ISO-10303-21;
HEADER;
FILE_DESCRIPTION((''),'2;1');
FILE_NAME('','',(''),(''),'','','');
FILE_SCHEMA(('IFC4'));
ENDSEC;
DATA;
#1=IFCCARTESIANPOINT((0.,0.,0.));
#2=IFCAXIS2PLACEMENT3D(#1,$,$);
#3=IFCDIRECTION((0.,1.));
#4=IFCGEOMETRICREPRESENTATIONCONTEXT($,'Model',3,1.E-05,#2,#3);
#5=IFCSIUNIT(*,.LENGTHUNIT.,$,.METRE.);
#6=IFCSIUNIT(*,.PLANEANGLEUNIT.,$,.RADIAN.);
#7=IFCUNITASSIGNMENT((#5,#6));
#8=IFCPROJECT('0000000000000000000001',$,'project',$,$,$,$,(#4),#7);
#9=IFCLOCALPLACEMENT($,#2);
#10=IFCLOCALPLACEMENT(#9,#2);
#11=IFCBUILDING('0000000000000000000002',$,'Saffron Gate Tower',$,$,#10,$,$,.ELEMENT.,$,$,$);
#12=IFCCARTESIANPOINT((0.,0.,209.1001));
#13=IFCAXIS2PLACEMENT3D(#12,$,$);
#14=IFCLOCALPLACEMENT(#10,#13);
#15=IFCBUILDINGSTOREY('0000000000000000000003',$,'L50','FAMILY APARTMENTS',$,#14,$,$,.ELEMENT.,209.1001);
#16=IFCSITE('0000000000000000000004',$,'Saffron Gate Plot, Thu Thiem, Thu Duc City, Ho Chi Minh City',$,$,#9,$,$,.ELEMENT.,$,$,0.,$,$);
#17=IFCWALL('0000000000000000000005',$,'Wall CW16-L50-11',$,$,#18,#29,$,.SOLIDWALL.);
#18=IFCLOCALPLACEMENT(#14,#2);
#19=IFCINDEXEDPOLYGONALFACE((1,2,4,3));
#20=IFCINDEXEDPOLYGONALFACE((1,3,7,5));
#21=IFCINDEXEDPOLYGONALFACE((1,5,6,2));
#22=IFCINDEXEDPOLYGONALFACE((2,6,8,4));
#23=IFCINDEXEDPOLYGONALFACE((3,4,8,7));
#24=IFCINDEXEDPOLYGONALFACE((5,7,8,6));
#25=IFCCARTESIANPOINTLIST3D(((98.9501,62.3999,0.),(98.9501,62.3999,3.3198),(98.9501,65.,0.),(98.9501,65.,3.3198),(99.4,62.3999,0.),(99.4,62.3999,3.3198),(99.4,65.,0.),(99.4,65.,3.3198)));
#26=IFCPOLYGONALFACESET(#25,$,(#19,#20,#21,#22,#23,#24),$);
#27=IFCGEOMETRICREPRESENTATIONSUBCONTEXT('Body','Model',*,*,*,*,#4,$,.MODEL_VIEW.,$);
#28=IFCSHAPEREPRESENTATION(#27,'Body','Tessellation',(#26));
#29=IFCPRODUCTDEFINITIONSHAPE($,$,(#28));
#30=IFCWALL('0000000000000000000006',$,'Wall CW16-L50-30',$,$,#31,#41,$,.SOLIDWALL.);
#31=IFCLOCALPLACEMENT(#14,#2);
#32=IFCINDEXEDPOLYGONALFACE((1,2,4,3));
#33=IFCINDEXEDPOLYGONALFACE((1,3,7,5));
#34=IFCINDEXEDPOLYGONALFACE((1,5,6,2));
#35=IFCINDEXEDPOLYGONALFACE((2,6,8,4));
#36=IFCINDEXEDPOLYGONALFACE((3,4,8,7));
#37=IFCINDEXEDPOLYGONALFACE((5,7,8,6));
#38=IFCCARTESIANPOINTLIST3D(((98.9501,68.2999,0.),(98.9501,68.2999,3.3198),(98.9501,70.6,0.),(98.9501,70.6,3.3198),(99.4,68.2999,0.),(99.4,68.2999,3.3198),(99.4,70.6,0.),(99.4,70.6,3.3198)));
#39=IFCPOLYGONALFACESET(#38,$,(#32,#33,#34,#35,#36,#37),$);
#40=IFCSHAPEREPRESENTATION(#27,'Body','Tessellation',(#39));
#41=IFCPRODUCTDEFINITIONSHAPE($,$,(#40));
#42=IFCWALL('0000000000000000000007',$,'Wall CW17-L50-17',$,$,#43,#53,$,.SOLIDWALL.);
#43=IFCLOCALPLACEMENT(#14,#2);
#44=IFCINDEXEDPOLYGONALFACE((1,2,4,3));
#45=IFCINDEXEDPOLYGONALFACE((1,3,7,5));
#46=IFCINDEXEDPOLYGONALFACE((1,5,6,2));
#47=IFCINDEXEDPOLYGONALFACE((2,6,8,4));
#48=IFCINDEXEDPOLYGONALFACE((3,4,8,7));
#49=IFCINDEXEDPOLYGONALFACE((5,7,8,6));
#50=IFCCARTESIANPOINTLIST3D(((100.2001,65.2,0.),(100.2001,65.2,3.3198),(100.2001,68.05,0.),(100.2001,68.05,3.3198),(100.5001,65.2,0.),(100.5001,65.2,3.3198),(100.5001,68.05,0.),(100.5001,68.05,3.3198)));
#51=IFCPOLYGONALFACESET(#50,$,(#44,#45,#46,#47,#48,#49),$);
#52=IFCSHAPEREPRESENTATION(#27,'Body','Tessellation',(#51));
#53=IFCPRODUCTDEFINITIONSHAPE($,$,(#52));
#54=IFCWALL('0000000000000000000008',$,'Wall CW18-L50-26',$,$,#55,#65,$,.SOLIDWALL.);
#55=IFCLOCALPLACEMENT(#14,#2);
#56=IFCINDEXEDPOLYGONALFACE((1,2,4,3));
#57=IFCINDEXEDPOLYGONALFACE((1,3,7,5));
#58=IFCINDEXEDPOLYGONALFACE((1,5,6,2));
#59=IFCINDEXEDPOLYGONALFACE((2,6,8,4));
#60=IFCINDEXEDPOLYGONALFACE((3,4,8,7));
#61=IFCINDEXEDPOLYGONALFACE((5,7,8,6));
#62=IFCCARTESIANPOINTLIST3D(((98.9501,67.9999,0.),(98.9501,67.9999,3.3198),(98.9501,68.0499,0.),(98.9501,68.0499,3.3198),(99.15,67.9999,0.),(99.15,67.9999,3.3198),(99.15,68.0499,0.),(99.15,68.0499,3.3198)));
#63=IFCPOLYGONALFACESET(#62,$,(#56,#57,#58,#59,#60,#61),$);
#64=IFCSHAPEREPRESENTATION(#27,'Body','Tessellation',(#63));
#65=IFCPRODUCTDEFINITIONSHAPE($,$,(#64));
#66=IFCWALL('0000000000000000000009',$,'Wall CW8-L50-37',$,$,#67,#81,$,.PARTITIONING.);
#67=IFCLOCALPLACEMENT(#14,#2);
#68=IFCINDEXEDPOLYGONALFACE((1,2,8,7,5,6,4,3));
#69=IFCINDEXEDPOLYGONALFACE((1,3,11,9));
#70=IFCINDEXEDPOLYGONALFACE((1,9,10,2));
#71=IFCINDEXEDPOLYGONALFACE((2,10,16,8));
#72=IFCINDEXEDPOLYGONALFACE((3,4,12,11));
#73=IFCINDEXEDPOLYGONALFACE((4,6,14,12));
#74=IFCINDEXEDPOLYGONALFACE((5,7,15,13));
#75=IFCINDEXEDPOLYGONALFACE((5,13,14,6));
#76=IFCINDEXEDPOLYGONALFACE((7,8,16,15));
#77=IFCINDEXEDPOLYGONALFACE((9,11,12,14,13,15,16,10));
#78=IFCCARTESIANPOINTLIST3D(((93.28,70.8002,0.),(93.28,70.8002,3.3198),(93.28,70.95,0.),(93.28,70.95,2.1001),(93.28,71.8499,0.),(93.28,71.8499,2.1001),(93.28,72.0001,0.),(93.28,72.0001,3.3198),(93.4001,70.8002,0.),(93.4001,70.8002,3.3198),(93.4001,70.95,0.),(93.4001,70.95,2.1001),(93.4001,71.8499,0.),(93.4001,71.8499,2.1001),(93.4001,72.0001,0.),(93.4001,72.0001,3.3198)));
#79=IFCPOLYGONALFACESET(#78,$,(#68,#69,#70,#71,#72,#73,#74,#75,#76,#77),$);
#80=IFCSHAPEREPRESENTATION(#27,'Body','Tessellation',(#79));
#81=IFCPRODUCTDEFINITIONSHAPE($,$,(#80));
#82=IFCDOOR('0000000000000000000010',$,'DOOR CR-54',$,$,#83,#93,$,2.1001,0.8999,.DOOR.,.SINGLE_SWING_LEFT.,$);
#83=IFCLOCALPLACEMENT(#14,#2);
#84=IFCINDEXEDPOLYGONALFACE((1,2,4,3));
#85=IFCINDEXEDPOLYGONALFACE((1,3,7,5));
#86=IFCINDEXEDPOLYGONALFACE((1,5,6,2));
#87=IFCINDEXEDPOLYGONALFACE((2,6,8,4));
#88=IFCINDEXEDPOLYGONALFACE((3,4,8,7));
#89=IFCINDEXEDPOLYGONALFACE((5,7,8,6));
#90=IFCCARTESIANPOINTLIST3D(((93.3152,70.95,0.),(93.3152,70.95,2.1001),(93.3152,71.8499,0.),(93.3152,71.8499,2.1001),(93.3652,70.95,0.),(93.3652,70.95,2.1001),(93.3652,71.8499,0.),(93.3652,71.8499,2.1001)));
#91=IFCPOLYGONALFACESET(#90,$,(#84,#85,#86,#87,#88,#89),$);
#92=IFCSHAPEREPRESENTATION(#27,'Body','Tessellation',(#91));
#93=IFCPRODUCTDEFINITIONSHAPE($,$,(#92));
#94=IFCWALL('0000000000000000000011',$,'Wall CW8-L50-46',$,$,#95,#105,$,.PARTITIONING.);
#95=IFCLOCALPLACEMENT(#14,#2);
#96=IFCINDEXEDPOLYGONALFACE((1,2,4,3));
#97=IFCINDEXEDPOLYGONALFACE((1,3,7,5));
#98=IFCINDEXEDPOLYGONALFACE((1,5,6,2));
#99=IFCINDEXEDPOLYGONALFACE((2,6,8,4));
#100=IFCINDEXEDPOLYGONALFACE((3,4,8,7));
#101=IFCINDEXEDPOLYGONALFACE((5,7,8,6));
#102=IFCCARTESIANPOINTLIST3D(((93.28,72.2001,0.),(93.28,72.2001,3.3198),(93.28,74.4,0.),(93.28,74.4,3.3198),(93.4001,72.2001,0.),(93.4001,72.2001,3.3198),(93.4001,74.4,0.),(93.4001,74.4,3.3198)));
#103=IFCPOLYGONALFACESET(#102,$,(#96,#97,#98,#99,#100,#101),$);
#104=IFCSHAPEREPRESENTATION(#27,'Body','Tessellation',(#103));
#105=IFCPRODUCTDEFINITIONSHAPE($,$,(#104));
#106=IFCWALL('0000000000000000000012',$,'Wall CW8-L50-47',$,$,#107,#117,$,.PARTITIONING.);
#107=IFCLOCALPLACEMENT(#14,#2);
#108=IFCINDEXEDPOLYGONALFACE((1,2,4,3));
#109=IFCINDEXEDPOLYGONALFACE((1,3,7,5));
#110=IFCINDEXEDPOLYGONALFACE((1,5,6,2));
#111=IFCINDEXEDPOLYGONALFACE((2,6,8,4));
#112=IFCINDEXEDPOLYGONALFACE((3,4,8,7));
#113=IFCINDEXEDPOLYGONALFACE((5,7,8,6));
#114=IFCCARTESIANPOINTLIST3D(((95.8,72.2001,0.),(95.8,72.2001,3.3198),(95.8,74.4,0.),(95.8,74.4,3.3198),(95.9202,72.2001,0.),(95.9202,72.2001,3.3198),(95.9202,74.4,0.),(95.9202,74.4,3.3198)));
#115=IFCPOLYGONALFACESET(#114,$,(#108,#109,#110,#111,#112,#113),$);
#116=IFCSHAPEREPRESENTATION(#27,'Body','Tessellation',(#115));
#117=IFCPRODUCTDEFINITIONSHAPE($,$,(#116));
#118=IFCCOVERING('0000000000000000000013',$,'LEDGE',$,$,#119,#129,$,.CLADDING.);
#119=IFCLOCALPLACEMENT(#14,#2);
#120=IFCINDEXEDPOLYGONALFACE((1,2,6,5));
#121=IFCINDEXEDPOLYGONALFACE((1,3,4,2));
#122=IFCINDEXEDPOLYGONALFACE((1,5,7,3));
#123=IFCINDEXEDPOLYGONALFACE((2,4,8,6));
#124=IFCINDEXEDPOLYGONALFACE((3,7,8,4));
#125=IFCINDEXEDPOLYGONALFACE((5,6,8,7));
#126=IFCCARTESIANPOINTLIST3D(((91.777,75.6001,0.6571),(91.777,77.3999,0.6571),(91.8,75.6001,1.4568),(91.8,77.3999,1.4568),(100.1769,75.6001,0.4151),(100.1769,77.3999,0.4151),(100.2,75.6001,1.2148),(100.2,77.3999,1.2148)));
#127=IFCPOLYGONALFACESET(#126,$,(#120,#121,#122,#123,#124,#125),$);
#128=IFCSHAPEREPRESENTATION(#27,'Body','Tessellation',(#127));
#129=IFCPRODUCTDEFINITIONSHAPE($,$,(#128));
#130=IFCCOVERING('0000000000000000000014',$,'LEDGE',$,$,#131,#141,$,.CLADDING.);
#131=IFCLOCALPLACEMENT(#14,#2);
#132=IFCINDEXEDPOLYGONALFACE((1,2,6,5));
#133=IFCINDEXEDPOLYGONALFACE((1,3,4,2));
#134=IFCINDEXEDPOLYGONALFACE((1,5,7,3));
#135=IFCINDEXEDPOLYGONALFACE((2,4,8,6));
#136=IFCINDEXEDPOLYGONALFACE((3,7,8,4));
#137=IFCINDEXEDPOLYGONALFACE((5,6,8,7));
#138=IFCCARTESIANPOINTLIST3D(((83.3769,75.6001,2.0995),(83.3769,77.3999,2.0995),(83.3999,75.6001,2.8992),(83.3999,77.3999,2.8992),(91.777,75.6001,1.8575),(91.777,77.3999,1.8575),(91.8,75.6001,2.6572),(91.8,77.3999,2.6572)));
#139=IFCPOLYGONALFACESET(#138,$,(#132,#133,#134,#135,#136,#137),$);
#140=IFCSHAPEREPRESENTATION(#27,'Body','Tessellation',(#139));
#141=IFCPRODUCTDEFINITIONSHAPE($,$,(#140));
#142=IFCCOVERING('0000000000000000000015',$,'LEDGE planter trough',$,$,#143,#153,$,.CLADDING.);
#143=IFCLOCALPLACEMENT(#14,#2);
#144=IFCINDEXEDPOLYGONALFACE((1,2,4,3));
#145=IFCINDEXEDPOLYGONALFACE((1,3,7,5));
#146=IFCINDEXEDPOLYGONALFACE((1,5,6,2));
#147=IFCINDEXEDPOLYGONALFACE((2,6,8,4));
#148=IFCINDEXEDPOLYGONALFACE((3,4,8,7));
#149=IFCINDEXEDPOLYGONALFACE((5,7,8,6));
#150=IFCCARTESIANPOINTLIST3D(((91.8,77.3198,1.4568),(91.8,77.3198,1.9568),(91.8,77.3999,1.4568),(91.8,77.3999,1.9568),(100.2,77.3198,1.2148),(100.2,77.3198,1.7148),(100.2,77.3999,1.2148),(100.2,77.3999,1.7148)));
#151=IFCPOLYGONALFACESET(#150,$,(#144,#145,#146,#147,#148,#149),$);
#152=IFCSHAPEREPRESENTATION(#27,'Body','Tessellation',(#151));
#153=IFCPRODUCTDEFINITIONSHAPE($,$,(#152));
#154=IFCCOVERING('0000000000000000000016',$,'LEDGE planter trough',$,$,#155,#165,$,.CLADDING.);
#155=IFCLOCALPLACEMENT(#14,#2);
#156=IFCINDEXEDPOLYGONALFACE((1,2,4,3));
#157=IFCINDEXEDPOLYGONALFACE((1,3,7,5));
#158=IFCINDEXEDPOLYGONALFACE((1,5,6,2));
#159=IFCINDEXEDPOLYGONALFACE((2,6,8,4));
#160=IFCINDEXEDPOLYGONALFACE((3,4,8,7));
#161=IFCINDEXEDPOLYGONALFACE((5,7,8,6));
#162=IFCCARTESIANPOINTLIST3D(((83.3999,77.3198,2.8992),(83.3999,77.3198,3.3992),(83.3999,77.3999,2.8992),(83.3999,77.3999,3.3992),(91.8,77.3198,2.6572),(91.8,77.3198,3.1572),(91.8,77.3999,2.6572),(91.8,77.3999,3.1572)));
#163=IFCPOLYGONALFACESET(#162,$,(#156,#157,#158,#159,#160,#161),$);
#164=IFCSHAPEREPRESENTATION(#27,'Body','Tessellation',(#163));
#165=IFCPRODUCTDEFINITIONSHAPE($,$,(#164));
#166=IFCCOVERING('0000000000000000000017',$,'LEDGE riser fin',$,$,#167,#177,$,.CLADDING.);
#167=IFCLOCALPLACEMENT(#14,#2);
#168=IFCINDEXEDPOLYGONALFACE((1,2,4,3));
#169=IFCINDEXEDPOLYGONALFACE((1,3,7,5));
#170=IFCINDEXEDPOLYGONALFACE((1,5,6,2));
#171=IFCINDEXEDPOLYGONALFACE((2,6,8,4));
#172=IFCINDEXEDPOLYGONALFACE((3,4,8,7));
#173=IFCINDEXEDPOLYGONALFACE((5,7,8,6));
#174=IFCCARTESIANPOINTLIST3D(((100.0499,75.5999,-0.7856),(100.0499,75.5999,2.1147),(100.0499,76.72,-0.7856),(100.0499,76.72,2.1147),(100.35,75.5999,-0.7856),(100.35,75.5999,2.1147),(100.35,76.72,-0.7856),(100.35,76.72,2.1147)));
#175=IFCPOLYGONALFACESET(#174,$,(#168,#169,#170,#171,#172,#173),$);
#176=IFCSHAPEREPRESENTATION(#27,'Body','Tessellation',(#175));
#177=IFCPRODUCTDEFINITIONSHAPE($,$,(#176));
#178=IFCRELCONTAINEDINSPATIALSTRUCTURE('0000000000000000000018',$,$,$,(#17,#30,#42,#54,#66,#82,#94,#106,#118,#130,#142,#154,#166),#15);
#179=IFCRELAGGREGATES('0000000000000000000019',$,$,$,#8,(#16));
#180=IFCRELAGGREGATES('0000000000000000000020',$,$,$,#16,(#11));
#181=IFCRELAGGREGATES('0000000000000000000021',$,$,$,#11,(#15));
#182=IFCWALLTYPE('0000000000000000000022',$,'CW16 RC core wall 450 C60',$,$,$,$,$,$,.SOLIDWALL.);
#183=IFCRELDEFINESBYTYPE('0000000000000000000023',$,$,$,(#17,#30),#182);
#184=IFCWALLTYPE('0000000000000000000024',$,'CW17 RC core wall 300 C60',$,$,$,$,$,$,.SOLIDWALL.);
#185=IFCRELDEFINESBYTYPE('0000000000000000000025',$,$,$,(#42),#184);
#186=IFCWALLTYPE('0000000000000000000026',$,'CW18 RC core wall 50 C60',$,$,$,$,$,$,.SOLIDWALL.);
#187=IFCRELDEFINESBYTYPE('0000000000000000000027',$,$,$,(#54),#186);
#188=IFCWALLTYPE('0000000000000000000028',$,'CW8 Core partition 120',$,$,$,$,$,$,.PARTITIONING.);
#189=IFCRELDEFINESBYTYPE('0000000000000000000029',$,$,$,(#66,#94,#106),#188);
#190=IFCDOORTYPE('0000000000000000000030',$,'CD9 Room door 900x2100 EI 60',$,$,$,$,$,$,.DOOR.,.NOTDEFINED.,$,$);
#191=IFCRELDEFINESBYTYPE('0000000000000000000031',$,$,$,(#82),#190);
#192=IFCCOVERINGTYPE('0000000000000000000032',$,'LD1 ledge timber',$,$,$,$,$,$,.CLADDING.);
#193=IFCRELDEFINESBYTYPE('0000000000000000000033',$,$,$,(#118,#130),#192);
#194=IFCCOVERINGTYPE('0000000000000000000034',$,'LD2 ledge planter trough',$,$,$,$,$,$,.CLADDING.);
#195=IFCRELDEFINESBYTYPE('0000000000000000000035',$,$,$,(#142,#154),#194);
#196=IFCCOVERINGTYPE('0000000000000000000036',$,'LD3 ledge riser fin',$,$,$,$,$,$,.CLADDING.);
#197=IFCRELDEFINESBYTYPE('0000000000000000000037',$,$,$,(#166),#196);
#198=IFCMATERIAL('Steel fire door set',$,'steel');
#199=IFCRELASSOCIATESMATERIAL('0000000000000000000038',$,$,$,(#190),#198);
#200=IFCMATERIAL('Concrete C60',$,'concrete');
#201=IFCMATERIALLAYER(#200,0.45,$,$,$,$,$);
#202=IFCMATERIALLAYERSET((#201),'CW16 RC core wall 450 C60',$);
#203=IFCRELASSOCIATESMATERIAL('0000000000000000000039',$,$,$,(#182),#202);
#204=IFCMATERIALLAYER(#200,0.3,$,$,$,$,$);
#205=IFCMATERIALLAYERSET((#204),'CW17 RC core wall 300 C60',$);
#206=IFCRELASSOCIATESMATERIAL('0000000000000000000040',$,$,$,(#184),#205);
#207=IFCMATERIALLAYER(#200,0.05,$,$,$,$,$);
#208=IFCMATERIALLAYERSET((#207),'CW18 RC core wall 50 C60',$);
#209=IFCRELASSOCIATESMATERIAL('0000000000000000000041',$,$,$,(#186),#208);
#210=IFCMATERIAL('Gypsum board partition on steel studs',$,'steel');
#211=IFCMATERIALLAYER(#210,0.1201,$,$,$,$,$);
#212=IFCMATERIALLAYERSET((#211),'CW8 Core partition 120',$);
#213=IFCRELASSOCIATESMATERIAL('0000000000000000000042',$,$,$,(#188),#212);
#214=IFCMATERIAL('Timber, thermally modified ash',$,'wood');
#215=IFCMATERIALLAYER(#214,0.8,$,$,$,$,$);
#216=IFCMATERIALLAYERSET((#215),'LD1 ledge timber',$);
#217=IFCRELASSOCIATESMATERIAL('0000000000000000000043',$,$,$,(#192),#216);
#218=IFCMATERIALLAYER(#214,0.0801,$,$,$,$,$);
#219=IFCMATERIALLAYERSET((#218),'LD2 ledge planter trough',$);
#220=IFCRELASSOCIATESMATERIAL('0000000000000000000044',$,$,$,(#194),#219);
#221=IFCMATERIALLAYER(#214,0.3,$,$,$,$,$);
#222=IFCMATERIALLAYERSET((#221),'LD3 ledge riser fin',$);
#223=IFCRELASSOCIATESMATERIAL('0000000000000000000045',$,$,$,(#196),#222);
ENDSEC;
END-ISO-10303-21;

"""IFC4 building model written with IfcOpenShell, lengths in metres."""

from ifc_helpers import new_model, si_unit, direction, frame, frame_2d, origin, origin_2d, place, context, subcontext, project, spatial, polyline, rectangle, outline, extrude, material, layer, layer_set, type_object, element, fill, save


model = new_model("IFC4")

# Units and contexts
model_context = context("Model", 3, precision=1e-05, world=origin(), true_north=direction((0.0, 1.0)))
body_context = subcontext(model_context, "Body", "Model", "MODEL_VIEW")
ifc_project = project(units=[si_unit("LENGTHUNIT", "METRE"), si_unit("PLANEANGLEUNIT", "RADIAN")], contexts=[model_context])

# Site, building, storey
site_placement = place(None, origin())
site = spatial("IfcSite", under=ifc_project, at=site_placement, Name="Saffron Gate Plot, Thu Thiem, Thu Duc City, Ho Chi Minh City", CompositionType="ELEMENT", RefElevation=0.0)
building_placement = place(site_placement, origin())
building = spatial("IfcBuilding", under=site, at=building_placement, Name="Saffron Gate Tower", CompositionType="ELEMENT")
storey_placement = place(building_placement, frame((0.0, 0.0, 209.1001)))
storey = spatial("IfcBuildingStorey", under=building, at=storey_placement, Name="L50", Description="FAMILY APARTMENTS", CompositionType="ELEMENT", Elevation=209.1001)

# Shared definitions
ifc_material_1 = material(Name="Concrete C60", Category="concrete")
ifc_material_2 = material(Name="Steel fire door set", Category="steel")

# Shared definitions
door_type_1 = type_object("IfcDoorType", Name="CD9 Room door 900x2100 EI 60", OperationType="NOTDEFINED", PredefinedType="DOOR", material=ifc_material_2)

# Walls
ifc_layer_1 = layer(ifc_material_1, 0.45)
ifc_layer_set_1 = layer_set([ifc_layer_1], Name="CW16 RC core wall 450 C60")
wall_type_1 = type_object("IfcWallType", Name="CW16 RC core wall 450 C60", PredefinedType="SOLIDWALL", material=ifc_layer_set_1)
wall_1_placement = place(storey_placement, frame((99.175, 62.3999, 0.0), z_axis=(0.0, 0.0, 1.0), x_axis=(0.0, 1.0, 0.0)))
element("IfcWall", 1, at=wall_1_placement, inside=storey, type_object=wall_type_1, Name="Wall CW16-L50-11", PredefinedType="SOLIDWALL", context=body_context, shape_type="SweptSolid", body=[
    extrude(rectangle(XDim=2.6001, YDim=0.45, at=frame_2d((1.3, 0.0))), origin(), (0.0, 0.0, 1.0), 3.3198),
])
wall_2_placement = place(storey_placement, frame((99.175, 68.3, 0.0), z_axis=(0.0, 0.0, 1.0), x_axis=(0.0, 1.0, 0.0)))
element("IfcWall", 2, at=wall_2_placement, inside=storey, type_object=wall_type_1, Name="Wall CW16-L50-30", PredefinedType="SOLIDWALL", context=body_context, shape_type="SweptSolid", body=[
    extrude(rectangle(XDim=2.3, YDim=0.45, at=frame_2d((1.1499, 0.0))), origin(), (0.0, 0.0, 1.0), 3.3198),
])
ifc_layer_2 = layer(ifc_material_1, 0.3)
ifc_layer_set_2 = layer_set([ifc_layer_2], Name="CW17 RC core wall 300 C60")
wall_type_2 = type_object("IfcWallType", Name="CW17 RC core wall 300 C60", PredefinedType="SOLIDWALL", material=ifc_layer_set_2)
wall_3_placement = place(storey_placement, frame((100.3501, 65.2, 0.0), z_axis=(0.0, 0.0, 1.0), x_axis=(0.0, 1.0, 0.0)))
element("IfcWall", 3, at=wall_3_placement, inside=storey, type_object=wall_type_2, Name="Wall CW17-L50-17", PredefinedType="SOLIDWALL", context=body_context, shape_type="SweptSolid", body=[
    extrude(rectangle(XDim=2.8501, YDim=0.3, at=frame_2d((1.425, 0.0))), origin(), (0.0, 0.0, 1.0), 3.3198),
])
ifc_layer_3 = layer(ifc_material_1, 0.05)
ifc_layer_set_3 = layer_set([ifc_layer_3], Name="CW18 RC core wall 50 C60")
wall_type_3 = type_object("IfcWallType", Name="CW18 RC core wall 50 C60", PredefinedType="SOLIDWALL", material=ifc_layer_set_3)
wall_4_placement = place(storey_placement, frame((98.95, 68.0249, 0.0), z_axis=(0.0, 0.0, 1.0), x_axis=(1.0, 0.0, 0.0)))
element("IfcWall", 4, at=wall_4_placement, inside=storey, type_object=wall_type_3, Name="Wall CW18-L50-26", PredefinedType="SOLIDWALL", context=body_context, shape_type="SweptSolid", body=[
    extrude(rectangle(XDim=0.2, YDim=0.05, at=frame_2d((0.1001, 0.0))), origin(), (0.0, 0.0, 1.0), 3.3198),
])

# Wall, opening, door
ifc_material_3 = material(Name="Gypsum board partition on steel studs", Category="steel")
ifc_layer_4 = layer(ifc_material_3, 0.1201)
ifc_layer_set_4 = layer_set([ifc_layer_4], Name="CW8 Core partition 120")
wall_type_4 = type_object("IfcWallType", Name="CW8 Core partition 120", PredefinedType="PARTITIONING", material=ifc_layer_set_4)
wall_5_placement = place(storey_placement, frame((93.3401, 70.8, 0.0), z_axis=(0.0, 0.0, 1.0), x_axis=(0.0, 1.0, 0.0)))
wall_5 = element("IfcWall", 5, at=wall_5_placement, inside=storey, type_object=wall_type_4, Name="Wall CW8-L50-37", PredefinedType="PARTITIONING", context=body_context, shape_type="SweptSolid", body=[
    extrude(rectangle(XDim=1.2, YDim=0.1201, at=frame_2d((0.6001, 0.0))), origin(), (0.0, 0.0, 1.0), 3.3198),
])
opening_1_placement = place(wall_5_placement, frame((0.1499, 0.0, 0.0)))
opening_1 = element("IfcOpeningElement", 6, at=opening_1_placement, cuts=wall_5, PredefinedType="OPENING", context=body_context, shape_type="SweptSolid", body=[
    extrude(rectangle(XDim=0.8999, YDim=2.1001, at=frame_2d((0.45, 1.05))), frame((0.0, 0.0701, 0.0), z_axis=(0.0, -1.0, 0.0), x_axis=(1.0, 0.0, 0.0)), (0.0, 0.0, 1.0), 0.1401),
])
door_1_placement = place(opening_1_placement, origin())
door_1 = element("IfcDoor", 7, at=door_1_placement, inside=storey, type_object=door_type_1, Name="DOOR CR-54", OperationType="SINGLE_SWING_LEFT", OverallHeight=2.1001, OverallWidth=0.8999, PredefinedType="DOOR", context=body_context, shape_type="SweptSolid", body=[
    extrude(rectangle(XDim=0.8999, YDim=2.1001, at=frame_2d((0.45, 1.05))), frame((0.0, 0.0249, 0.0), z_axis=(0.0, -1.0, 0.0), x_axis=(1.0, 0.0, 0.0)), (0.0, 0.0, 1.0), 0.05),
])
fill(opening_1, door_1)

# Walls
for number, where, z_axis, x_axis, name in (
    (8, (93.3401, 72.2, 0.0), (0.0, 0.0, 1.0), (0.0, 1.0, 0.0), "Wall CW8-L50-46"),
    (9, (95.8601, 72.2, 0.0), (0.0, 0.0, 1.0), (0.0, 1.0, 0.0), "Wall CW8-L50-47"),
):
    element("IfcWall", number, at=place(storey_placement, frame(where, z_axis=z_axis, x_axis=x_axis)), inside=storey, type_object=wall_type_4, Name=name, PredefinedType="PARTITIONING", context=body_context, shape_type="SweptSolid", body=[
        extrude(rectangle(XDim=2.2, YDim=0.1201, at=frame_2d((1.1001, 0.0))), origin(), (0.0, 0.0, 1.0), 3.3198),
    ])

# Coverings
ifc_material_4 = material(Name="Timber, thermally modified ash", Category="wood")
ifc_layer_5 = layer(ifc_material_4, 0.8)
ifc_layer_set_5 = layer_set([ifc_layer_5], Name="LD1 ledge timber")
covering_type_1 = type_object("IfcCoveringType", Name="LD1 ledge timber", PredefinedType="CLADDING", material=ifc_layer_set_5)
covering_1_placement = place(storey_placement, frame((100.2, 75.6001, 1.2148), z_axis=(0.028791, 0.0, 0.999585), x_axis=(-0.999585, 0.0, 0.028791)))
element("IfcCovering", 10, at=covering_1_placement, inside=storey, type_object=covering_type_1, Name="LEDGE", PredefinedType="CLADDING", context=body_context, shape_type="SweptSolid", body=[
    extrude(outline(polyline([(0.0, 0.0), (8.4034, 0.0), (8.4034, -1.7998), (0.0, -1.7998), (0.0, 0.0)])), origin(), (0.0, 0.0, -1.0), 0.8),
])
covering_2_placement = place(storey_placement, frame((91.8, 75.6001, 2.6572), z_axis=(0.02879, 0.0, 0.999585), x_axis=(-0.999585, 0.0, 0.02879)))
element("IfcCovering", 11, at=covering_2_placement, inside=storey, type_object=covering_type_1, Name="LEDGE", PredefinedType="CLADDING", context=body_context, shape_type="SweptSolid", body=[
    extrude(outline(polyline([(0.0, 0.0), (8.4036, 0.0), (8.4036, -1.7998), (0.0, -1.7998), (0.0, 0.0)])), origin(), (0.0, 0.0, -1.0), 0.8),
])
ifc_layer_6 = layer(ifc_material_4, 0.0801)
ifc_layer_set_6 = layer_set([ifc_layer_6], Name="LD2 ledge planter trough")
covering_type_2 = type_object("IfcCoveringType", Name="LD2 ledge planter trough", PredefinedType="CLADDING", material=ifc_layer_set_6)
covering_3_placement = place(storey_placement, frame((100.2, 77.3999, 1.2148), z_axis=(0.0, 1.0, 0.0), x_axis=(-0.999585, 0.0, 0.028791)))
element("IfcCovering", 12, at=covering_3_placement, inside=storey, type_object=covering_type_2, Name="LEDGE planter trough", PredefinedType="CLADDING", context=body_context, shape_type="SweptSolid", body=[
    extrude(outline(polyline([(0.0, 0.0), (8.4034, 0.0), (8.4178, 0.4998), (0.0144, 0.4998), (0.0, 0.0)])), origin(), (0.0, 0.0, -1.0), 0.0801),
])
covering_4_placement = place(storey_placement, frame((91.8, 77.3999, 2.6572), z_axis=(0.0, 1.0, 0.0), x_axis=(-0.999585, 0.0, 0.02879)))
element("IfcCovering", 13, at=covering_4_placement, inside=storey, type_object=covering_type_2, Name="LEDGE planter trough", PredefinedType="CLADDING", context=body_context, shape_type="SweptSolid", body=[
    extrude(outline(polyline([(0.0, 0.0), (8.4036, 0.0), (8.418, 0.4998), (0.0144, 0.4998), (0.0, 0.0)])), origin(), (0.0, 0.0, -1.0), 0.0801),
])
ifc_layer_7 = layer(ifc_material_4, 0.3)
ifc_layer_set_7 = layer_set([ifc_layer_7], Name="LD3 ledge riser fin")
covering_type_3 = type_object("IfcCoveringType", Name="LD3 ledge riser fin", PredefinedType="CLADDING", material=ifc_layer_set_7)
for number, where, z_axis, x_axis, name in (
    (14, (100.2, 76.1599, -0.7856), (0.0, 0.0, 1.0), (-1.0, 0.0, 0.0), "LEDGE riser fin"),
):
    element("IfcCovering", number, at=place(storey_placement, frame(where, z_axis=z_axis, x_axis=x_axis)), inside=storey, type_object=covering_type_3, Name=name, PredefinedType="CLADDING", context=body_context, shape_type="SweptSolid", body=[
        extrude(rectangle(XDim=0.3, YDim=1.1201, at=origin_2d()), origin(), (0.0, 0.0, 1.0), 2.9004),
    ])

save(model, "model.ifc")
